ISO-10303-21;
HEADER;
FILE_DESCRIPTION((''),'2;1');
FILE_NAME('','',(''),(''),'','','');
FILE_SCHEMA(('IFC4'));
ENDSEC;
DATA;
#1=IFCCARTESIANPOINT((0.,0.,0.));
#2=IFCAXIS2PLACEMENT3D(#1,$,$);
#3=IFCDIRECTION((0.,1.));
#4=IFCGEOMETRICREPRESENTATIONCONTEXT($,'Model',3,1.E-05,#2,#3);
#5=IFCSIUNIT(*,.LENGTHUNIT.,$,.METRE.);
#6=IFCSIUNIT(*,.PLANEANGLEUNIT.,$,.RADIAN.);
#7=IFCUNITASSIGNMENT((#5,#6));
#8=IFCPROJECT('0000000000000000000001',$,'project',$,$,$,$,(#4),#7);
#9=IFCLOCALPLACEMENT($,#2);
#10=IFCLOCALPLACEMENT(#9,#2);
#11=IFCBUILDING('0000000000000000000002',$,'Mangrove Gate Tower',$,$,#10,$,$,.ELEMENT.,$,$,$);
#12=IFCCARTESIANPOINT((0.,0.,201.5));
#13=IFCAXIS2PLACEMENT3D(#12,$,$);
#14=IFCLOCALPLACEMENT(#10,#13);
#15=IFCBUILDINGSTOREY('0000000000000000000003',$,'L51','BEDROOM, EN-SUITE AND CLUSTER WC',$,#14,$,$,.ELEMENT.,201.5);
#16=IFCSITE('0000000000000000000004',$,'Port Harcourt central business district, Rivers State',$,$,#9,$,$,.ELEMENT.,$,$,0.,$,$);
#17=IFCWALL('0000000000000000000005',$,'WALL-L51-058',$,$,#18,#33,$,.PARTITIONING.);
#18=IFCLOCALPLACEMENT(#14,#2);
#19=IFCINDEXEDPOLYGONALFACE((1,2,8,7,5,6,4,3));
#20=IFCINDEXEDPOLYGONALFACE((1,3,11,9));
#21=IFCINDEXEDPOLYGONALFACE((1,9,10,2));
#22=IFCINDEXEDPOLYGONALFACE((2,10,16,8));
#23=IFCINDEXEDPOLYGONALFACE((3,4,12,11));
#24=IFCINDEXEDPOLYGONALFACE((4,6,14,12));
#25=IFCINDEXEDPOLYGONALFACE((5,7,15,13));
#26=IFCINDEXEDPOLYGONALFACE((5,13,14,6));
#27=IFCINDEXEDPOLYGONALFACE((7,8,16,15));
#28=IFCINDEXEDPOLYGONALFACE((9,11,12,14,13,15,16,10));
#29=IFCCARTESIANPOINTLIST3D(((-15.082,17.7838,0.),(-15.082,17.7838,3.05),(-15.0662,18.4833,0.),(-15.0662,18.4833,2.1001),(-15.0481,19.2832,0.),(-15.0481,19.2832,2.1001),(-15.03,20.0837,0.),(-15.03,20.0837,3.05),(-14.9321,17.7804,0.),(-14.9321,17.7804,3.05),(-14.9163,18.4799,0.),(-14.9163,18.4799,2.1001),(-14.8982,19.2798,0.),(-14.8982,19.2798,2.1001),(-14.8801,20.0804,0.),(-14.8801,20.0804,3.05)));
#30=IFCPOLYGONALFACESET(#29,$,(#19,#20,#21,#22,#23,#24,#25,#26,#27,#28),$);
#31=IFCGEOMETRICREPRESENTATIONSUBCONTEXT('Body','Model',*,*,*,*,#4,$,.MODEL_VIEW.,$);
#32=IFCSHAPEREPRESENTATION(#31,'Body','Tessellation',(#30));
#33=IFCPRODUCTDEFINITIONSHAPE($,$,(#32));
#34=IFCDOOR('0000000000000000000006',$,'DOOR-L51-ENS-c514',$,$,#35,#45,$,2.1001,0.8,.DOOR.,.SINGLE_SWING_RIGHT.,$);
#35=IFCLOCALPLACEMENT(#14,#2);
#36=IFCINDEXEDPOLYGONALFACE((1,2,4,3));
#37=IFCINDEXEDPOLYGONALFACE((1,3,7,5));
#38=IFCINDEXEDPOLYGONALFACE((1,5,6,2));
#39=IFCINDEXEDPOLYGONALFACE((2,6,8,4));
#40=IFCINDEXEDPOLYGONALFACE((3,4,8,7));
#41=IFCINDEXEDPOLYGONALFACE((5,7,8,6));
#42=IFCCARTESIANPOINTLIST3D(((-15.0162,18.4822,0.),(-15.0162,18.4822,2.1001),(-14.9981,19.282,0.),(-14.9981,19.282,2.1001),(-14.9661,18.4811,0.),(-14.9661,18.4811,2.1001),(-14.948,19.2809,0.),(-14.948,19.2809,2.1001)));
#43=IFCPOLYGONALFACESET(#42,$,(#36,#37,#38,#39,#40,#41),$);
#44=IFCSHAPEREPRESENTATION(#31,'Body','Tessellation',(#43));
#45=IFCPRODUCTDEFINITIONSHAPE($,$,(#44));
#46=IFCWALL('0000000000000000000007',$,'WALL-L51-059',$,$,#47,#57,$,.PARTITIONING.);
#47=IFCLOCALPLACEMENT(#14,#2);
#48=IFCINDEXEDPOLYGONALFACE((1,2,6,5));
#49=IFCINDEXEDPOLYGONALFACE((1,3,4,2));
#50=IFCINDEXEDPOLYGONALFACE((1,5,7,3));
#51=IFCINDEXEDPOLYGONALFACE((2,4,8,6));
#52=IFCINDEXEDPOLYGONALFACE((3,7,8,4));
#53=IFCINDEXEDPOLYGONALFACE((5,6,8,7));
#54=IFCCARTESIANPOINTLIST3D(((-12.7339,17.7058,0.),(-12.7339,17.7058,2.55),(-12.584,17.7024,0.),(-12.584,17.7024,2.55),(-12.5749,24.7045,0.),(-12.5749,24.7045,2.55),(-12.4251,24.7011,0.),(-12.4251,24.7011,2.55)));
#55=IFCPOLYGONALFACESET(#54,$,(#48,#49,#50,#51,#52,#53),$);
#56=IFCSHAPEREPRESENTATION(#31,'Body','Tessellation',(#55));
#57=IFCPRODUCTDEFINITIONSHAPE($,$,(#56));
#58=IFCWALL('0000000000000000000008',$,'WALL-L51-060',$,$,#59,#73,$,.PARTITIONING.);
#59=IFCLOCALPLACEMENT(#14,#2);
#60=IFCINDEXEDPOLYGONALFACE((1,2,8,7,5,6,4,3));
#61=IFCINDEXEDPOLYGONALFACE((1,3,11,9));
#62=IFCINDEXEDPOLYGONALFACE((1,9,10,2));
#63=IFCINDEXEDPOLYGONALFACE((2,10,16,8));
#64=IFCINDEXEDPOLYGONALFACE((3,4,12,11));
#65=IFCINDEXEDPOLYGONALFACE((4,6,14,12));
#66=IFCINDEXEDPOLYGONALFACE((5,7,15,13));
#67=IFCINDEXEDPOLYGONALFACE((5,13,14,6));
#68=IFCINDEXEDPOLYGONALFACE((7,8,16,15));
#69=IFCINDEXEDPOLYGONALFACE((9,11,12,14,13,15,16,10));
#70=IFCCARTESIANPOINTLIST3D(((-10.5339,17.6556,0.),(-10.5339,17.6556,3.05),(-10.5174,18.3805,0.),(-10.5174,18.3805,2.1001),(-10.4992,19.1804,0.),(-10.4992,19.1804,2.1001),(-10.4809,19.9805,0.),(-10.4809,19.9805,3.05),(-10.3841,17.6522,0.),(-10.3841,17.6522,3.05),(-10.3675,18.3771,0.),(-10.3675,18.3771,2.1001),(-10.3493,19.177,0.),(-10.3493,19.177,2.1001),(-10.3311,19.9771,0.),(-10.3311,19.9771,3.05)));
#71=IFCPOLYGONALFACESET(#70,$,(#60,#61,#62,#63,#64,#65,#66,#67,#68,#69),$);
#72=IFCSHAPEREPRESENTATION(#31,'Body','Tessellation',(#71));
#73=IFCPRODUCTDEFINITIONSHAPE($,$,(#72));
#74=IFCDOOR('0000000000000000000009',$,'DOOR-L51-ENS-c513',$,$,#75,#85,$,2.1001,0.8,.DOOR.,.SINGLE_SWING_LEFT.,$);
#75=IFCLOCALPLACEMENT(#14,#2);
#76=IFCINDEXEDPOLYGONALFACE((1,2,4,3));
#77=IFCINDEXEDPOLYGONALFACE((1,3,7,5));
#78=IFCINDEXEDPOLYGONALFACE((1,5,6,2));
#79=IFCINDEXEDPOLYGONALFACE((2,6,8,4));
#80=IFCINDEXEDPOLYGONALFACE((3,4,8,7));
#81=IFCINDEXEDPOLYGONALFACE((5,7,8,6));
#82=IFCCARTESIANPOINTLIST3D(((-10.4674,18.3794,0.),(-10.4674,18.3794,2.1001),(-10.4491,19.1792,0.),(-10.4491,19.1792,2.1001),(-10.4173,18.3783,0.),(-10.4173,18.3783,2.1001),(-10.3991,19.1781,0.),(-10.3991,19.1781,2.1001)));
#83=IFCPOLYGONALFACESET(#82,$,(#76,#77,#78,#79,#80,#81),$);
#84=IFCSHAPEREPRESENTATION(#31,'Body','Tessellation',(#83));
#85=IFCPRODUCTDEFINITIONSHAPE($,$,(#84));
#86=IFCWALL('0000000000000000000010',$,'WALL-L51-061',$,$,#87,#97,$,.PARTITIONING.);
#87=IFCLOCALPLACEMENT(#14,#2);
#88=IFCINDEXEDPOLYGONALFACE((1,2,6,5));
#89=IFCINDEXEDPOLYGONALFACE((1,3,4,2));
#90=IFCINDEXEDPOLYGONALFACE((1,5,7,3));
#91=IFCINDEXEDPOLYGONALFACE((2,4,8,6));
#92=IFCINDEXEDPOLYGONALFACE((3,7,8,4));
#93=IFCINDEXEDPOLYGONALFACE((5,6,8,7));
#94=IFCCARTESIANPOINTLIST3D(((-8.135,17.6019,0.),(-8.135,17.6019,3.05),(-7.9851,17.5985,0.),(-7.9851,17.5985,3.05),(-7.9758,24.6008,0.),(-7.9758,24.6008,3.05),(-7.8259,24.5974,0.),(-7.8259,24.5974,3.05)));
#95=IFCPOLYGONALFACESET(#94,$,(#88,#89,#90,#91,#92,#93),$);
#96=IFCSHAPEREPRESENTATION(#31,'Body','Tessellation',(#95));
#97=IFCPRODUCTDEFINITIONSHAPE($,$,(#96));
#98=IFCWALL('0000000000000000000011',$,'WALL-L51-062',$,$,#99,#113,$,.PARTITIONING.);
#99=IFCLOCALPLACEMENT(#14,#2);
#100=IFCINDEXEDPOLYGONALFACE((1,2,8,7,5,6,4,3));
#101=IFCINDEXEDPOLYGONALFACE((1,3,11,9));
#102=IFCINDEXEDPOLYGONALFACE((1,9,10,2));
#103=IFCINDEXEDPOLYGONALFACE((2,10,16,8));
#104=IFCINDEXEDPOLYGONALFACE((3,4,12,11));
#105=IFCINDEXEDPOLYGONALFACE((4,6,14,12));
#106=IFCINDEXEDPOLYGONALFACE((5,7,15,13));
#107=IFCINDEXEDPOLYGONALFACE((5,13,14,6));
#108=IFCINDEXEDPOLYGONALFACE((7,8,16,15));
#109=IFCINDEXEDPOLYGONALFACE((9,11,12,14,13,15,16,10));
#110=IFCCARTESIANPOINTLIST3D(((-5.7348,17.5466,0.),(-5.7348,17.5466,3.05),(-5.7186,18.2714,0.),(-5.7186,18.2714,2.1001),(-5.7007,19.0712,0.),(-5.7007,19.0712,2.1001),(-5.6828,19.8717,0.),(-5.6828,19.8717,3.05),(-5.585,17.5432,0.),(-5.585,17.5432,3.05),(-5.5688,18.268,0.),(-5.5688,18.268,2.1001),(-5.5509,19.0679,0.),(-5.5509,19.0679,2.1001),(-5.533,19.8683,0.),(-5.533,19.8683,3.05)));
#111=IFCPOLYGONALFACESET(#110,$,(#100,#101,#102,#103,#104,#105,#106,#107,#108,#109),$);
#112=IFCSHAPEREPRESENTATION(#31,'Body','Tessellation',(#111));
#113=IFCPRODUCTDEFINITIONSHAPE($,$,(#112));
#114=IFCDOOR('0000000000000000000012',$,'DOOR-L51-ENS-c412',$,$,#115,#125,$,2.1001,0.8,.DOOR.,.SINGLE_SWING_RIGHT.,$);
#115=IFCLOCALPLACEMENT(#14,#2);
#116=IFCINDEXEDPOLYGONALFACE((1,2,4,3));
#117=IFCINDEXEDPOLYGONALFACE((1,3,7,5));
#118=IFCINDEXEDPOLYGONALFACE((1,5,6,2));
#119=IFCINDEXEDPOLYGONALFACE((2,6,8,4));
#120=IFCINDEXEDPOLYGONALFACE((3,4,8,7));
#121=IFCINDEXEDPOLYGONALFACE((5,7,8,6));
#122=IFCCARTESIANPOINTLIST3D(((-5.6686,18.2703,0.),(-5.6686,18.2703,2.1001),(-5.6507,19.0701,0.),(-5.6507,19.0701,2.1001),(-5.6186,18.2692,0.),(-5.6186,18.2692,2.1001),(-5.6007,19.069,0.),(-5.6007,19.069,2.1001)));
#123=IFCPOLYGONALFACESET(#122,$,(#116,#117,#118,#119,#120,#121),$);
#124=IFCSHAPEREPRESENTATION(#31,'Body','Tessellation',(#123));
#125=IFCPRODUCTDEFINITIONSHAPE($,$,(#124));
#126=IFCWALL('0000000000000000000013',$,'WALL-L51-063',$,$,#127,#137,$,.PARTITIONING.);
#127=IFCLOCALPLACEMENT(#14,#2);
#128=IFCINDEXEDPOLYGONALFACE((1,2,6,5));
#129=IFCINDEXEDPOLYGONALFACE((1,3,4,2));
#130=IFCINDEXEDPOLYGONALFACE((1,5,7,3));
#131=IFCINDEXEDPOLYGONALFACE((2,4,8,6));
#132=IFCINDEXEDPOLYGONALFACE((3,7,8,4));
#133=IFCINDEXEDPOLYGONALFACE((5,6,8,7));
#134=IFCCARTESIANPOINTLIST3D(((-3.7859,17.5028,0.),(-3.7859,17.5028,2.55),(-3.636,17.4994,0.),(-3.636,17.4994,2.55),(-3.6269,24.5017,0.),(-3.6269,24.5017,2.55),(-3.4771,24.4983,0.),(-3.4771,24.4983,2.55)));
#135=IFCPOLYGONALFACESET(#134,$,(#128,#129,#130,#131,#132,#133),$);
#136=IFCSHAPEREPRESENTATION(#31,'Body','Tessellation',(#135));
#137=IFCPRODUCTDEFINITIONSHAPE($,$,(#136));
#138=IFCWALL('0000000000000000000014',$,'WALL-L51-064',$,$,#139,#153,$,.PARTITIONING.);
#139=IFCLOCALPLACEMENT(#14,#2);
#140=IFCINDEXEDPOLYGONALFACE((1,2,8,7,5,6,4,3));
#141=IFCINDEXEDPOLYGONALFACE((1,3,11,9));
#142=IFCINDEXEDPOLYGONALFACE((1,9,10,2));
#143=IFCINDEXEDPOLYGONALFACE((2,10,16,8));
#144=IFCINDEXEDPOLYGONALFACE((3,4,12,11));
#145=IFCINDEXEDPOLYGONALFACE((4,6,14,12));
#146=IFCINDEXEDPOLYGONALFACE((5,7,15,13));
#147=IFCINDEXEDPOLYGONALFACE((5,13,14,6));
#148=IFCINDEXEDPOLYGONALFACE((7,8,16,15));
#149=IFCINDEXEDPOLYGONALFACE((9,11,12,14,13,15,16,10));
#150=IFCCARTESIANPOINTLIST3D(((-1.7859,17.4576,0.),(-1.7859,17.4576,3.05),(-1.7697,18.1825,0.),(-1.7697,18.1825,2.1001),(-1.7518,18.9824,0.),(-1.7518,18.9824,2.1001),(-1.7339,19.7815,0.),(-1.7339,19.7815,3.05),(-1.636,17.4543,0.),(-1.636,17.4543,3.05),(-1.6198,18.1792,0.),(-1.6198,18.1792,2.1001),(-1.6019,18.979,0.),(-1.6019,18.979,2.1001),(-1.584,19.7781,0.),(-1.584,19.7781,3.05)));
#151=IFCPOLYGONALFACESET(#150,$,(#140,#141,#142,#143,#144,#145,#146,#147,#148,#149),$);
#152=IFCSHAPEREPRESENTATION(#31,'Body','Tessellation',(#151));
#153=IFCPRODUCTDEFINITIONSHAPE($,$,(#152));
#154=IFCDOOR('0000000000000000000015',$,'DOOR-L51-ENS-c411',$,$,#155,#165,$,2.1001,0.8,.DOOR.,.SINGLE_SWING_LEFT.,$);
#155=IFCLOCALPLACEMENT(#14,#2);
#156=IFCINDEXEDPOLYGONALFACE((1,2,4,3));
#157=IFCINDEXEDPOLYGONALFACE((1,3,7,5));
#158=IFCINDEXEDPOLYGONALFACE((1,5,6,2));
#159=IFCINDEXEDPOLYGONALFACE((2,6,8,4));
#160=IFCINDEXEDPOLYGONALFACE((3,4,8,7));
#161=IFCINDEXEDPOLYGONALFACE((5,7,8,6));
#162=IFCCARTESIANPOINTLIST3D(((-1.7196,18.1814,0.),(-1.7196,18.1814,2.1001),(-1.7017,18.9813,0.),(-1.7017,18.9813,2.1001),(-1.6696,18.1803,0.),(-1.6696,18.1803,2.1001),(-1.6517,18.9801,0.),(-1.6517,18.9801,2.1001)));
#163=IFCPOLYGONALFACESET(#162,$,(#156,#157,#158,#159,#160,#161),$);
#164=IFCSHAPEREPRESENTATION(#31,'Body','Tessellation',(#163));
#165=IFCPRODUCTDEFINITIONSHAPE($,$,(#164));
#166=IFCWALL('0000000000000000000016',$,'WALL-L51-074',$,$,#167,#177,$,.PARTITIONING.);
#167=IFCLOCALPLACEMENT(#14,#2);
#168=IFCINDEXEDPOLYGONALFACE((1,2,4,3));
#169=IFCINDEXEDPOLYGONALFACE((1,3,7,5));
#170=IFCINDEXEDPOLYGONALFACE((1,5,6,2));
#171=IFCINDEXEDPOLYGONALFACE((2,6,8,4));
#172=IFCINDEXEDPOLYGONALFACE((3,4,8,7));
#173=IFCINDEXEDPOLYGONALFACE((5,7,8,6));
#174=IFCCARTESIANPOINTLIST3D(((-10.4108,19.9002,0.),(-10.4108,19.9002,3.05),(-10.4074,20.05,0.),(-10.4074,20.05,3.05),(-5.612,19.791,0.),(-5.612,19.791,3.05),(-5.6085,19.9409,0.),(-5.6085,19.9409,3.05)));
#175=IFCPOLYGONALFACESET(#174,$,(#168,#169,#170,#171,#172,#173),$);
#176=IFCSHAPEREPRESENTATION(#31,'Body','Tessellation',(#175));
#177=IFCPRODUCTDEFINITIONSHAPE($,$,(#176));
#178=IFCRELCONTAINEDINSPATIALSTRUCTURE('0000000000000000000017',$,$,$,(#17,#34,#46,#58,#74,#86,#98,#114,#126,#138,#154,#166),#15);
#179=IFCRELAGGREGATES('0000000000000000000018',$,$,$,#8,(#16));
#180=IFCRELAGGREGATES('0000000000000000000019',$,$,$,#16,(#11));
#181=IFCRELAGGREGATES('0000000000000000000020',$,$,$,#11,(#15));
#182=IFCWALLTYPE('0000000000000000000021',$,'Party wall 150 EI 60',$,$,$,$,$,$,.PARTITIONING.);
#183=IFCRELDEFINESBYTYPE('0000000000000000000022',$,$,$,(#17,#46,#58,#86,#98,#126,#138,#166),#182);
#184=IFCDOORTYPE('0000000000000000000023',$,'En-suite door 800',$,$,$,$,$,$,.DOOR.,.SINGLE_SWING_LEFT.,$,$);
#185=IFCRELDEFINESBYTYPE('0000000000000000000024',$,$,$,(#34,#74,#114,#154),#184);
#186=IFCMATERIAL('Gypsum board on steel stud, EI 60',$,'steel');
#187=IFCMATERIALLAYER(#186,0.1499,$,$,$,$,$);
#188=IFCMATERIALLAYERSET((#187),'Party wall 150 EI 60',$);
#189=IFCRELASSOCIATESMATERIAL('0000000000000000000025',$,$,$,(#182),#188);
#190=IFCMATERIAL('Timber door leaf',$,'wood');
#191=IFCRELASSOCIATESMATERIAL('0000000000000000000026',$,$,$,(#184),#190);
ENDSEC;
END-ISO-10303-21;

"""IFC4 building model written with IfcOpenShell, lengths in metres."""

from ifc_helpers import new_model, si_unit, direction, frame, frame_2d, origin, place, context, subcontext, project, spatial, rectangle, extrude, material, layer, layer_set, type_object, element, fill, save


model = new_model("IFC4")

# Units and contexts
model_context = context("Model", 3, precision=1e-05, world=origin(), true_north=direction((0.0, 1.0)))
body_context = subcontext(model_context, "Body", "Model", "MODEL_VIEW")
ifc_project = project(units=[si_unit("LENGTHUNIT", "METRE"), si_unit("PLANEANGLEUNIT", "RADIAN")], contexts=[model_context])

# Site, building, storey
site_placement = place(None, origin())
site = spatial("IfcSite", under=ifc_project, at=site_placement, Name="Port Harcourt central business district, Rivers State", CompositionType="ELEMENT", RefElevation=0.0)
building_placement = place(site_placement, origin())
building = spatial("IfcBuilding", under=site, at=building_placement, Name="Mangrove Gate Tower", CompositionType="ELEMENT")
storey_placement = place(building_placement, frame((0.0, 0.0, 201.5)))
storey = spatial("IfcBuildingStorey", under=building, at=storey_placement, Name="L51", Description="BEDROOM, EN-SUITE AND CLUSTER WC", CompositionType="ELEMENT", Elevation=201.5)

# Shared definitions
ifc_material_1 = material(Name="Gypsum board on steel stud, EI 60", Category="steel")
ifc_layer = layer(ifc_material_1, 0.1499)
ifc_layer_set = layer_set([ifc_layer], Name="Party wall 150 EI 60")
wall_type = type_object("IfcWallType", Name="Party wall 150 EI 60", PredefinedType="PARTITIONING", material=ifc_layer_set)

# Wall, opening, door
wall_1_placement = place(storey_placement, frame((-15.0071, 17.782, 0.0), z_axis=(0.0, 0.0, 1.0), x_axis=(0.022603, 0.999745, 0.0)))
wall_1 = element("IfcWall", 1, at=wall_1_placement, inside=storey, type_object=wall_type, Name="WALL-L51-058", PredefinedType="PARTITIONING", context=body_context, shape_type="SweptSolid", body=[
    extrude(rectangle(XDim=2.3005, YDim=0.1499, at=frame_2d((1.1504, 0.0))), origin(), (0.0, 0.0, 1.0), 3.05),
])
opening_1_placement = place(wall_1_placement, frame((0.7, 0.0, 0.0)))
opening_1 = element("IfcOpeningElement", 2, at=opening_1_placement, cuts=wall_1, PredefinedType="OPENING", context=body_context, shape_type="SweptSolid", body=[
    extrude(rectangle(XDim=0.8, YDim=2.1001, at=frame_2d((0.3999, 1.05))), frame((0.0, 0.085, 0.0), z_axis=(0.0, -1.0, 0.0), x_axis=(1.0, 0.0, 0.0)), (0.0, 0.0, 1.0), 0.1699),
])
ifc_material_2 = material(Name="Timber door leaf", Category="wood")
door_type_1 = type_object("IfcDoorType", Name="En-suite door 800", OperationType="SINGLE_SWING_LEFT", PredefinedType="DOOR", material=ifc_material_2)
door_1_placement = place(opening_1_placement, origin())
door_1 = element("IfcDoor", 3, at=door_1_placement, inside=storey, type_object=door_type_1, Name="DOOR-L51-ENS-c514", OperationType="SINGLE_SWING_RIGHT", OverallHeight=2.1001, OverallWidth=0.8, PredefinedType="DOOR", context=body_context, shape_type="SweptSolid", body=[
    extrude(rectangle(XDim=0.8, YDim=2.1001, at=frame_2d((0.3999, 1.05))), frame((0.0, 0.0249, 0.0), z_axis=(0.0, -1.0, 0.0), x_axis=(1.0, 0.0, 0.0)), (0.0, 0.0, 1.0), 0.05),
])
fill(opening_1, door_1)

# Wall
wall_2_placement = place(storey_placement, frame((-12.6589, 17.7041, 0.0), z_axis=(0.0, 0.0, 1.0), x_axis=(0.022703, 0.999742, 0.0)))
element("IfcWall", 4, at=wall_2_placement, inside=storey, type_object=wall_type, Name="WALL-L51-059", PredefinedType="PARTITIONING", context=body_context, shape_type="SweptSolid", body=[
    extrude(rectangle(XDim=7.0005, YDim=0.1499, at=frame_2d((3.5002, 0.0))), origin(), (0.0, 0.0, 1.0), 2.55),
])

# Wall, opening, door
wall_3_placement = place(storey_placement, frame((-10.459, 17.6541, 0.0), z_axis=(0.0, 0.0, 1.0), x_axis=(0.022781, 0.99974, 0.0)))
wall_3 = element("IfcWall", 5, at=wall_3_placement, inside=storey, type_object=wall_type, Name="WALL-L51-060", PredefinedType="PARTITIONING", context=body_context, shape_type="SweptSolid", body=[
    extrude(rectangle(XDim=2.3254, YDim=0.1499, at=frame_2d((1.1626, 0.0))), origin(), (0.0, 0.0, 1.0), 3.05),
])
opening_2_placement = place(wall_3_placement, frame((0.7251, 0.0, 0.0)))
opening_2 = element("IfcOpeningElement", 6, at=opening_2_placement, cuts=wall_3, PredefinedType="OPENING", context=body_context, shape_type="SweptSolid", body=[
    extrude(rectangle(XDim=0.8, YDim=2.1001, at=frame_2d((0.3999, 1.05))), frame((0.0, 0.085, 0.0), z_axis=(0.0, -1.0, 0.0), x_axis=(1.0, 0.0, 0.0)), (0.0, 0.0, 1.0), 0.1699),
])
door_2_placement = place(opening_2_placement, origin())
door_2 = element("IfcDoor", 7, at=door_2_placement, inside=storey, type_object=door_type_1, Name="DOOR-L51-ENS-c513", OperationType="SINGLE_SWING_LEFT", OverallHeight=2.1001, OverallWidth=0.8, PredefinedType="DOOR", context=body_context, shape_type="SweptSolid", body=[
    extrude(rectangle(XDim=0.8, YDim=2.1001, at=frame_2d((0.3999, 1.05))), frame((0.0, 0.0249, 0.0), z_axis=(0.0, -1.0, 0.0), x_axis=(1.0, 0.0, 0.0)), (0.0, 0.0, 1.0), 0.05),
])
fill(opening_2, door_2)

# Wall
wall_4_placement = place(storey_placement, frame((-8.0601, 17.6001, 0.0), z_axis=(0.0, 0.0, 1.0), x_axis=(0.022737, 0.999741, 0.0)))
element("IfcWall", 8, at=wall_4_placement, inside=storey, type_object=wall_type, Name="WALL-L51-061", PredefinedType="PARTITIONING", context=body_context, shape_type="SweptSolid", body=[
    extrude(rectangle(XDim=7.0007, YDim=0.1499, at=frame_2d((3.5005, 0.0))), origin(), (0.0, 0.0, 1.0), 3.05),
])

# Wall, opening, door
wall_5_placement = place(storey_placement, frame((-5.6599, 17.5449, 0.0), z_axis=(0.0, 0.0, 1.0), x_axis=(0.022359, 0.99975, 0.0)))
wall_5 = element("IfcWall", 9, at=wall_5_placement, inside=storey, type_object=wall_type, Name="WALL-L51-062", PredefinedType="PARTITIONING", context=body_context, shape_type="SweptSolid", body=[
    extrude(rectangle(XDim=2.3257, YDim=0.1499, at=frame_2d((1.1628, 0.0))), origin(), (0.0, 0.0, 1.0), 3.05),
])
opening_3_placement = place(wall_5_placement, frame((0.7251, 0.0, 0.0)))
opening_3 = element("IfcOpeningElement", 10, at=opening_3_placement, cuts=wall_5, PredefinedType="OPENING", context=body_context, shape_type="SweptSolid", body=[
    extrude(rectangle(XDim=0.8, YDim=2.1001, at=frame_2d((0.3999, 1.05))), frame((0.0, 0.085, 0.0), z_axis=(0.0, -1.0, 0.0), x_axis=(1.0, 0.0, 0.0)), (0.0, 0.0, 1.0), 0.1699),
])
door_3_placement = place(opening_3_placement, origin())
door_3 = element("IfcDoor", 11, at=door_3_placement, inside=storey, type_object=door_type_1, Name="DOOR-L51-ENS-c412", OperationType="SINGLE_SWING_RIGHT", OverallHeight=2.1001, OverallWidth=0.8, PredefinedType="DOOR", context=body_context, shape_type="SweptSolid", body=[
    extrude(rectangle(XDim=0.8, YDim=2.1001, at=frame_2d((0.3999, 1.05))), frame((0.0, 0.0249, 0.0), z_axis=(0.0, -1.0, 0.0), x_axis=(1.0, 0.0, 0.0)), (0.0, 0.0, 1.0), 0.05),
])
fill(opening_3, door_3)

# Wall
wall_6_placement = place(storey_placement, frame((-3.7109, 17.501, 0.0), z_axis=(0.0, 0.0, 1.0), x_axis=(0.022702, 0.999742, 0.0)))
element("IfcWall", 12, at=wall_6_placement, inside=storey, type_object=wall_type, Name="WALL-L51-063", PredefinedType="PARTITIONING", context=body_context, shape_type="SweptSolid", body=[
    extrude(rectangle(XDim=7.0007, YDim=0.1499, at=frame_2d((3.5005, 0.0))), origin(), (0.0, 0.0, 1.0), 2.55),
])

# Wall, opening, door
wall_7_placement = place(storey_placement, frame((-1.7109, 17.4561, 0.0), z_axis=(0.0, 0.0, 1.0), x_axis=(0.022371, 0.99975, 0.0)))
wall_7 = element("IfcWall", 13, at=wall_7_placement, inside=storey, type_object=wall_type, Name="WALL-L51-064", PredefinedType="PARTITIONING", context=body_context, shape_type="SweptSolid", body=[
    extrude(rectangle(XDim=2.3245, YDim=0.1499, at=frame_2d((1.1621, 0.0))), origin(), (0.0, 0.0, 1.0), 3.05),
])
opening_4_placement = place(wall_7_placement, frame((0.7251, 0.0, 0.0)))
opening_4 = element("IfcOpeningElement", 14, at=opening_4_placement, cuts=wall_7, PredefinedType="OPENING", context=body_context, shape_type="SweptSolid", body=[
    extrude(rectangle(XDim=0.8, YDim=2.1001, at=frame_2d((0.3999, 1.05))), frame((0.0, 0.085, 0.0), z_axis=(0.0, -1.0, 0.0), x_axis=(1.0, 0.0, 0.0)), (0.0, 0.0, 1.0), 0.1699),
])
door_4_placement = place(opening_4_placement, origin())
door_4 = element("IfcDoor", 15, at=door_4_placement, inside=storey, type_object=door_type_1, Name="DOOR-L51-ENS-c411", OperationType="SINGLE_SWING_LEFT", OverallHeight=2.1001, OverallWidth=0.8, PredefinedType="DOOR", context=body_context, shape_type="SweptSolid", body=[
    extrude(rectangle(XDim=0.8, YDim=2.1001, at=frame_2d((0.3999, 1.05))), frame((0.0, 0.0249, 0.0), z_axis=(0.0, -1.0, 0.0), x_axis=(1.0, 0.0, 0.0)), (0.0, 0.0, 1.0), 0.05),
])
fill(opening_4, door_4)

# Wall
for number, where, z_axis, x_axis, name in (
    (16, (-10.4089, 19.9751, 0.0), (0.0, 0.0, 1.0), (0.999742, -0.022735, 0.0), "WALL-L51-074"),
):
    element("IfcWall", number, at=place(storey_placement, frame(where, z_axis=z_axis, x_axis=x_axis)), inside=storey, type_object=wall_type, Name=name, PredefinedType="PARTITIONING", context=body_context, shape_type="SweptSolid", body=[
        extrude(rectangle(XDim=4.8, YDim=0.1499, at=frame_2d((2.3999, 0.0))), origin(), (0.0, 0.0, 1.0), 3.05),
    ])

save(model, "model.ifc")
